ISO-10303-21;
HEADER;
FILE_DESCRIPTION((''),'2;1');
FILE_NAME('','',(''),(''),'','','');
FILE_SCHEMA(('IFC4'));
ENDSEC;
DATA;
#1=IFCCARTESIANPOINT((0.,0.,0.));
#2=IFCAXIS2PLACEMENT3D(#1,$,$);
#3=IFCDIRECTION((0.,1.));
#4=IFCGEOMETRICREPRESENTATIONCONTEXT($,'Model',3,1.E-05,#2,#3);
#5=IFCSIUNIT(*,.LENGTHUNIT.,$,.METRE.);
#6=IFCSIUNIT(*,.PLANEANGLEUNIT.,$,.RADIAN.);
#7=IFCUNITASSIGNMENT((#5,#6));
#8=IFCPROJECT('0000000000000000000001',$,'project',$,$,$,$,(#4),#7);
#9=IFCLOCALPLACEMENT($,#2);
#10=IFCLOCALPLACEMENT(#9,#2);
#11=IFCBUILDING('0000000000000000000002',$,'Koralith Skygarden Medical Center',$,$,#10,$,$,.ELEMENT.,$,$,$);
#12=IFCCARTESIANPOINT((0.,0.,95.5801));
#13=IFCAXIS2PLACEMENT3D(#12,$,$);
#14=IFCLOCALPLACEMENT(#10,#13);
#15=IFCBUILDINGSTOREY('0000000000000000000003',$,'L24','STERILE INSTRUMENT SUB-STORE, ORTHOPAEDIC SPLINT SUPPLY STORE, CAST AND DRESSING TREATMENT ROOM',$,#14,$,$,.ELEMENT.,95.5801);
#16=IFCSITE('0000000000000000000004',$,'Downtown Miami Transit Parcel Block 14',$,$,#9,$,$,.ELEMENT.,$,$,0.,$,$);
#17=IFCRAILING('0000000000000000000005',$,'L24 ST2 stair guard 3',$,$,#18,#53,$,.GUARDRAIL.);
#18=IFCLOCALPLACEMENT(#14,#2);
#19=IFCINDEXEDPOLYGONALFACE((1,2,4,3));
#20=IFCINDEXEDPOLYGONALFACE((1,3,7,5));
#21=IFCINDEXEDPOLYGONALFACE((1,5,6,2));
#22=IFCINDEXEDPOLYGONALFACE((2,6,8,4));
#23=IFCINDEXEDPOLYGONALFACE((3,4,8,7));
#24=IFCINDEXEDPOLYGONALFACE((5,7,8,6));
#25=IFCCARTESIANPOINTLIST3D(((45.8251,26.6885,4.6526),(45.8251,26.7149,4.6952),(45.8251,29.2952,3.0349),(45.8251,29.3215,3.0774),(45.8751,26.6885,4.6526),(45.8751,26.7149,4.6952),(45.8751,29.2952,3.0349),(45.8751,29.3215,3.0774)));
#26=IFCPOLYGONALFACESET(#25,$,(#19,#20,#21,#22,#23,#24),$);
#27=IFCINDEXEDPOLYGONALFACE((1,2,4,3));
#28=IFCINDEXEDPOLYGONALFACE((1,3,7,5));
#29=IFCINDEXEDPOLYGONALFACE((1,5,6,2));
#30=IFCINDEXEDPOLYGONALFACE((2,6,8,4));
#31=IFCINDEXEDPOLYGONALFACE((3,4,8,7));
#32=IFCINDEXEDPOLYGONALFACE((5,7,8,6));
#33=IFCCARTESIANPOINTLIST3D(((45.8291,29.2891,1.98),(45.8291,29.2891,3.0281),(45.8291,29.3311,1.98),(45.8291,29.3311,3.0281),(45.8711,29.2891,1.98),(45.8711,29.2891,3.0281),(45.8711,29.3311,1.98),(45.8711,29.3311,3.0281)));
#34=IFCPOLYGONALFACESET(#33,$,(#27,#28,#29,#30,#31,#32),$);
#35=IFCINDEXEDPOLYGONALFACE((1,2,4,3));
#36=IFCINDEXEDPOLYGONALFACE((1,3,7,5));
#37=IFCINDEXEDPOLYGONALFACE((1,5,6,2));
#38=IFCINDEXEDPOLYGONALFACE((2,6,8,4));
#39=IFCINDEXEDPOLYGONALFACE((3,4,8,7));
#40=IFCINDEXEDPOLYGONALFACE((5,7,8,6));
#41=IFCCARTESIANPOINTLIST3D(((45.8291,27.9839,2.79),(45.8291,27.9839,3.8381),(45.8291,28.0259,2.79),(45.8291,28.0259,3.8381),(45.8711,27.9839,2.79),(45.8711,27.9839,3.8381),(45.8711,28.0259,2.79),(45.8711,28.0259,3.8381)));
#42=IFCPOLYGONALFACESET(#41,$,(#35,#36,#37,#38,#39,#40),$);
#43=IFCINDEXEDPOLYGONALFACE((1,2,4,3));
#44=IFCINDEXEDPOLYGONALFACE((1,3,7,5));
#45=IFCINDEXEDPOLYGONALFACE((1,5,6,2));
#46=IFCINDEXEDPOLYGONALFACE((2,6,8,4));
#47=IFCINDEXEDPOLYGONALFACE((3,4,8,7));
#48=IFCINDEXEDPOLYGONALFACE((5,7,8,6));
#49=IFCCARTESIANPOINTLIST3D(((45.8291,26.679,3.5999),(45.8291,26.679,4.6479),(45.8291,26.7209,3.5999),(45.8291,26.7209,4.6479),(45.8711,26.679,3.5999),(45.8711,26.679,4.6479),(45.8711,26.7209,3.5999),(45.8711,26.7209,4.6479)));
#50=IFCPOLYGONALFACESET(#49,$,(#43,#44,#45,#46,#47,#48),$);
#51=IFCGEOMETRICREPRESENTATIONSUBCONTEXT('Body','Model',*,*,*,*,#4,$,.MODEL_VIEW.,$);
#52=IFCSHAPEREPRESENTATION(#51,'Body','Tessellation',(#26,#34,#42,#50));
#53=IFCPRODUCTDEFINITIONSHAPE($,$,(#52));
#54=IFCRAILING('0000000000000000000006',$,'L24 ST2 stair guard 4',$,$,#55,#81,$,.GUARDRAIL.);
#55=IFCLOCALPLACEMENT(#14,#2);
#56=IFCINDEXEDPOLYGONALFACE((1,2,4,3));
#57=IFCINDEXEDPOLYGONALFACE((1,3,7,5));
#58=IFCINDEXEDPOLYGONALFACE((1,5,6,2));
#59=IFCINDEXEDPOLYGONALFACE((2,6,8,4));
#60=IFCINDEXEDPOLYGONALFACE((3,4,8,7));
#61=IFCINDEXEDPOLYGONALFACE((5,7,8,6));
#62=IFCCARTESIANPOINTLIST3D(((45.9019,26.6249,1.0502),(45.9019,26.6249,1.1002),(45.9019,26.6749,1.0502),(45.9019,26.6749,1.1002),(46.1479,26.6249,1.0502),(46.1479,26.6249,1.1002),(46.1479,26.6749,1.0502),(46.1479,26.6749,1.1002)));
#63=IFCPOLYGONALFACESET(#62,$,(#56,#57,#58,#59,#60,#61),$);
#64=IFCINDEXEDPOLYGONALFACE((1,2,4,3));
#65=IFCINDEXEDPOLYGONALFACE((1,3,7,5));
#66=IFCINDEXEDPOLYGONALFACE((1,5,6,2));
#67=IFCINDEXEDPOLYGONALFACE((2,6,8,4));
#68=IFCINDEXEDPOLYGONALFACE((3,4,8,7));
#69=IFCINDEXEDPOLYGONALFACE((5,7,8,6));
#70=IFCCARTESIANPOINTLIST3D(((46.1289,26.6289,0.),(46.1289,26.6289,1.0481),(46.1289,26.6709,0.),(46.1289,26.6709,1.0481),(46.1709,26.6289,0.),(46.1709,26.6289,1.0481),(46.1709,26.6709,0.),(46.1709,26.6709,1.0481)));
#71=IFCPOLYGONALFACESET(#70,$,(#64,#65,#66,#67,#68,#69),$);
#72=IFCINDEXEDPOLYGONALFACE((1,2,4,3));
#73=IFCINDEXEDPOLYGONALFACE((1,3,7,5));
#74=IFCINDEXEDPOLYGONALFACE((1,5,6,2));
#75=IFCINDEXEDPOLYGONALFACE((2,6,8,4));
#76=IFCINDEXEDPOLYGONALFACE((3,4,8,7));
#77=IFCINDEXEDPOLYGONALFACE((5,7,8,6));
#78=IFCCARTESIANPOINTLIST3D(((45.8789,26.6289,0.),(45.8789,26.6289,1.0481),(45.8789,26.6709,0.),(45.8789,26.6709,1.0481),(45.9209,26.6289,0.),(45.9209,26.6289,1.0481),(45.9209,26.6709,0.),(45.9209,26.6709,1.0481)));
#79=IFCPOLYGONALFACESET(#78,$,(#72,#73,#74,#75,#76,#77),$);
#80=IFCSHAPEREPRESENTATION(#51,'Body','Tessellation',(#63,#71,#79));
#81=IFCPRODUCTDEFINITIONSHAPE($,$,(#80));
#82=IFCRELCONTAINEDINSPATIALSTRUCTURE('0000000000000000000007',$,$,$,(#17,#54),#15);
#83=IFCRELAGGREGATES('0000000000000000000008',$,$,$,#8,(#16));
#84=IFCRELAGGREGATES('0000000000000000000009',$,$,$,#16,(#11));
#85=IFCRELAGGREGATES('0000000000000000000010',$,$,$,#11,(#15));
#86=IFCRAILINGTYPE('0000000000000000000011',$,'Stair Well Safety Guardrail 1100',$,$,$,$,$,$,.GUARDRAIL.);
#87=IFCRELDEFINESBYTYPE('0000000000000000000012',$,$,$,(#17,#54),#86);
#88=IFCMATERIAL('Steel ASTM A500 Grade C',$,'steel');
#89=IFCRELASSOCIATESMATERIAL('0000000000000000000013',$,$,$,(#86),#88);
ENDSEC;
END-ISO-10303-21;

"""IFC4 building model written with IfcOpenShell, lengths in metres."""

from ifc_helpers import new_model, si_unit, direction, frame, origin, origin_2d, place, context, subcontext, project, spatial, rectangle, extrude, material, type_object, element, save


model = new_model("IFC4")

# Units and contexts
model_context = context("Model", 3, precision=1e-05, world=origin(), true_north=direction((0.0, 1.0)))
body_context = subcontext(model_context, "Body", "Model", "MODEL_VIEW")
ifc_project = project(units=[si_unit("LENGTHUNIT", "METRE"), si_unit("PLANEANGLEUNIT", "RADIAN")], contexts=[model_context])

# Site, building, storey
site_placement = place(None, origin())
site = spatial("IfcSite", under=ifc_project, at=site_placement, Name="Downtown Miami Transit Parcel Block 14", CompositionType="ELEMENT", RefElevation=0.0)
building_placement = place(site_placement, origin())
building = spatial("IfcBuilding", under=site, at=building_placement, Name="Koralith Skygarden Medical Center", CompositionType="ELEMENT")
storey_placement = place(building_placement, frame((0.0, 0.0, 95.5801)))
storey = spatial("IfcBuildingStorey", under=building, at=storey_placement, Name="L24", Description="STERILE INSTRUMENT SUB-STORE, ORTHOPAEDIC SPLINT SUPPLY STORE, CAST AND DRESSING TREATMENT ROOM", CompositionType="ELEMENT", Elevation=95.5801)

# Shared definitions
ifc_material_1 = material(Name="Steel ASTM A500 Grade C", Category="steel")

# Railings
railing_type_1 = type_object("IfcRailingType", Name="Stair Well Safety Guardrail 1100", PredefinedType="GUARDRAIL", material=ifc_material_1)
railing_1_placement = place(storey_placement, frame((45.8501, 29.3101, 1.98)))
element("IfcRailing", 1, at=railing_1_placement, inside=storey, type_object=railing_type_1, Name="L24 ST2 stair guard 3", PredefinedType="GUARDRAIL", context=body_context, shape_type="SweptSolid", body=[
    extrude(rectangle(XDim=0.05, YDim=0.05, at=origin_2d()), frame((0.0, -0.0017, 1.0762), z_axis=(0.0, -0.849668, 0.527317), x_axis=(1.0, 0.0, 0.0)), (0.0, 0.0, 1.0), 3.0679),
    extrude(rectangle(XDim=0.042, YDim=0.042, at=origin_2d()), origin(), (0.0, 0.0, 1.0), 1.0481),
    extrude(rectangle(XDim=0.042, YDim=0.042, at=origin_2d()), frame((0.0, -1.3052, 0.8101)), (0.0, 0.0, 1.0), 1.0481),
    extrude(rectangle(XDim=0.042, YDim=0.042, at=origin_2d()), frame((0.0, -2.6101, 1.6199)), (0.0, 0.0, 1.0), 1.0481),
])
railing_2_placement = place(storey_placement, frame((46.1499, 26.6499, 0.0)))
element("IfcRailing", 2, at=railing_2_placement, inside=storey, type_object=railing_type_1, Name="L24 ST2 stair guard 4", PredefinedType="GUARDRAIL", context=body_context, shape_type="SweptSolid", body=[
    extrude(rectangle(XDim=0.05, YDim=0.05, at=origin_2d()), frame((-0.002, 0.0, 1.0752), z_axis=(-1.0, 0.0, 0.0), x_axis=(0.0, -1.0, 0.0)), (0.0, 0.0, 1.0), 0.2461),
    extrude(rectangle(XDim=0.042, YDim=0.042, at=origin_2d()), origin(), (0.0, 0.0, 1.0), 1.0481),
    extrude(rectangle(XDim=0.042, YDim=0.042, at=origin_2d()), frame((-0.25, 0.0, 0.0)), (0.0, 0.0, 1.0), 1.0481),
])

save(model, "model.ifc")
